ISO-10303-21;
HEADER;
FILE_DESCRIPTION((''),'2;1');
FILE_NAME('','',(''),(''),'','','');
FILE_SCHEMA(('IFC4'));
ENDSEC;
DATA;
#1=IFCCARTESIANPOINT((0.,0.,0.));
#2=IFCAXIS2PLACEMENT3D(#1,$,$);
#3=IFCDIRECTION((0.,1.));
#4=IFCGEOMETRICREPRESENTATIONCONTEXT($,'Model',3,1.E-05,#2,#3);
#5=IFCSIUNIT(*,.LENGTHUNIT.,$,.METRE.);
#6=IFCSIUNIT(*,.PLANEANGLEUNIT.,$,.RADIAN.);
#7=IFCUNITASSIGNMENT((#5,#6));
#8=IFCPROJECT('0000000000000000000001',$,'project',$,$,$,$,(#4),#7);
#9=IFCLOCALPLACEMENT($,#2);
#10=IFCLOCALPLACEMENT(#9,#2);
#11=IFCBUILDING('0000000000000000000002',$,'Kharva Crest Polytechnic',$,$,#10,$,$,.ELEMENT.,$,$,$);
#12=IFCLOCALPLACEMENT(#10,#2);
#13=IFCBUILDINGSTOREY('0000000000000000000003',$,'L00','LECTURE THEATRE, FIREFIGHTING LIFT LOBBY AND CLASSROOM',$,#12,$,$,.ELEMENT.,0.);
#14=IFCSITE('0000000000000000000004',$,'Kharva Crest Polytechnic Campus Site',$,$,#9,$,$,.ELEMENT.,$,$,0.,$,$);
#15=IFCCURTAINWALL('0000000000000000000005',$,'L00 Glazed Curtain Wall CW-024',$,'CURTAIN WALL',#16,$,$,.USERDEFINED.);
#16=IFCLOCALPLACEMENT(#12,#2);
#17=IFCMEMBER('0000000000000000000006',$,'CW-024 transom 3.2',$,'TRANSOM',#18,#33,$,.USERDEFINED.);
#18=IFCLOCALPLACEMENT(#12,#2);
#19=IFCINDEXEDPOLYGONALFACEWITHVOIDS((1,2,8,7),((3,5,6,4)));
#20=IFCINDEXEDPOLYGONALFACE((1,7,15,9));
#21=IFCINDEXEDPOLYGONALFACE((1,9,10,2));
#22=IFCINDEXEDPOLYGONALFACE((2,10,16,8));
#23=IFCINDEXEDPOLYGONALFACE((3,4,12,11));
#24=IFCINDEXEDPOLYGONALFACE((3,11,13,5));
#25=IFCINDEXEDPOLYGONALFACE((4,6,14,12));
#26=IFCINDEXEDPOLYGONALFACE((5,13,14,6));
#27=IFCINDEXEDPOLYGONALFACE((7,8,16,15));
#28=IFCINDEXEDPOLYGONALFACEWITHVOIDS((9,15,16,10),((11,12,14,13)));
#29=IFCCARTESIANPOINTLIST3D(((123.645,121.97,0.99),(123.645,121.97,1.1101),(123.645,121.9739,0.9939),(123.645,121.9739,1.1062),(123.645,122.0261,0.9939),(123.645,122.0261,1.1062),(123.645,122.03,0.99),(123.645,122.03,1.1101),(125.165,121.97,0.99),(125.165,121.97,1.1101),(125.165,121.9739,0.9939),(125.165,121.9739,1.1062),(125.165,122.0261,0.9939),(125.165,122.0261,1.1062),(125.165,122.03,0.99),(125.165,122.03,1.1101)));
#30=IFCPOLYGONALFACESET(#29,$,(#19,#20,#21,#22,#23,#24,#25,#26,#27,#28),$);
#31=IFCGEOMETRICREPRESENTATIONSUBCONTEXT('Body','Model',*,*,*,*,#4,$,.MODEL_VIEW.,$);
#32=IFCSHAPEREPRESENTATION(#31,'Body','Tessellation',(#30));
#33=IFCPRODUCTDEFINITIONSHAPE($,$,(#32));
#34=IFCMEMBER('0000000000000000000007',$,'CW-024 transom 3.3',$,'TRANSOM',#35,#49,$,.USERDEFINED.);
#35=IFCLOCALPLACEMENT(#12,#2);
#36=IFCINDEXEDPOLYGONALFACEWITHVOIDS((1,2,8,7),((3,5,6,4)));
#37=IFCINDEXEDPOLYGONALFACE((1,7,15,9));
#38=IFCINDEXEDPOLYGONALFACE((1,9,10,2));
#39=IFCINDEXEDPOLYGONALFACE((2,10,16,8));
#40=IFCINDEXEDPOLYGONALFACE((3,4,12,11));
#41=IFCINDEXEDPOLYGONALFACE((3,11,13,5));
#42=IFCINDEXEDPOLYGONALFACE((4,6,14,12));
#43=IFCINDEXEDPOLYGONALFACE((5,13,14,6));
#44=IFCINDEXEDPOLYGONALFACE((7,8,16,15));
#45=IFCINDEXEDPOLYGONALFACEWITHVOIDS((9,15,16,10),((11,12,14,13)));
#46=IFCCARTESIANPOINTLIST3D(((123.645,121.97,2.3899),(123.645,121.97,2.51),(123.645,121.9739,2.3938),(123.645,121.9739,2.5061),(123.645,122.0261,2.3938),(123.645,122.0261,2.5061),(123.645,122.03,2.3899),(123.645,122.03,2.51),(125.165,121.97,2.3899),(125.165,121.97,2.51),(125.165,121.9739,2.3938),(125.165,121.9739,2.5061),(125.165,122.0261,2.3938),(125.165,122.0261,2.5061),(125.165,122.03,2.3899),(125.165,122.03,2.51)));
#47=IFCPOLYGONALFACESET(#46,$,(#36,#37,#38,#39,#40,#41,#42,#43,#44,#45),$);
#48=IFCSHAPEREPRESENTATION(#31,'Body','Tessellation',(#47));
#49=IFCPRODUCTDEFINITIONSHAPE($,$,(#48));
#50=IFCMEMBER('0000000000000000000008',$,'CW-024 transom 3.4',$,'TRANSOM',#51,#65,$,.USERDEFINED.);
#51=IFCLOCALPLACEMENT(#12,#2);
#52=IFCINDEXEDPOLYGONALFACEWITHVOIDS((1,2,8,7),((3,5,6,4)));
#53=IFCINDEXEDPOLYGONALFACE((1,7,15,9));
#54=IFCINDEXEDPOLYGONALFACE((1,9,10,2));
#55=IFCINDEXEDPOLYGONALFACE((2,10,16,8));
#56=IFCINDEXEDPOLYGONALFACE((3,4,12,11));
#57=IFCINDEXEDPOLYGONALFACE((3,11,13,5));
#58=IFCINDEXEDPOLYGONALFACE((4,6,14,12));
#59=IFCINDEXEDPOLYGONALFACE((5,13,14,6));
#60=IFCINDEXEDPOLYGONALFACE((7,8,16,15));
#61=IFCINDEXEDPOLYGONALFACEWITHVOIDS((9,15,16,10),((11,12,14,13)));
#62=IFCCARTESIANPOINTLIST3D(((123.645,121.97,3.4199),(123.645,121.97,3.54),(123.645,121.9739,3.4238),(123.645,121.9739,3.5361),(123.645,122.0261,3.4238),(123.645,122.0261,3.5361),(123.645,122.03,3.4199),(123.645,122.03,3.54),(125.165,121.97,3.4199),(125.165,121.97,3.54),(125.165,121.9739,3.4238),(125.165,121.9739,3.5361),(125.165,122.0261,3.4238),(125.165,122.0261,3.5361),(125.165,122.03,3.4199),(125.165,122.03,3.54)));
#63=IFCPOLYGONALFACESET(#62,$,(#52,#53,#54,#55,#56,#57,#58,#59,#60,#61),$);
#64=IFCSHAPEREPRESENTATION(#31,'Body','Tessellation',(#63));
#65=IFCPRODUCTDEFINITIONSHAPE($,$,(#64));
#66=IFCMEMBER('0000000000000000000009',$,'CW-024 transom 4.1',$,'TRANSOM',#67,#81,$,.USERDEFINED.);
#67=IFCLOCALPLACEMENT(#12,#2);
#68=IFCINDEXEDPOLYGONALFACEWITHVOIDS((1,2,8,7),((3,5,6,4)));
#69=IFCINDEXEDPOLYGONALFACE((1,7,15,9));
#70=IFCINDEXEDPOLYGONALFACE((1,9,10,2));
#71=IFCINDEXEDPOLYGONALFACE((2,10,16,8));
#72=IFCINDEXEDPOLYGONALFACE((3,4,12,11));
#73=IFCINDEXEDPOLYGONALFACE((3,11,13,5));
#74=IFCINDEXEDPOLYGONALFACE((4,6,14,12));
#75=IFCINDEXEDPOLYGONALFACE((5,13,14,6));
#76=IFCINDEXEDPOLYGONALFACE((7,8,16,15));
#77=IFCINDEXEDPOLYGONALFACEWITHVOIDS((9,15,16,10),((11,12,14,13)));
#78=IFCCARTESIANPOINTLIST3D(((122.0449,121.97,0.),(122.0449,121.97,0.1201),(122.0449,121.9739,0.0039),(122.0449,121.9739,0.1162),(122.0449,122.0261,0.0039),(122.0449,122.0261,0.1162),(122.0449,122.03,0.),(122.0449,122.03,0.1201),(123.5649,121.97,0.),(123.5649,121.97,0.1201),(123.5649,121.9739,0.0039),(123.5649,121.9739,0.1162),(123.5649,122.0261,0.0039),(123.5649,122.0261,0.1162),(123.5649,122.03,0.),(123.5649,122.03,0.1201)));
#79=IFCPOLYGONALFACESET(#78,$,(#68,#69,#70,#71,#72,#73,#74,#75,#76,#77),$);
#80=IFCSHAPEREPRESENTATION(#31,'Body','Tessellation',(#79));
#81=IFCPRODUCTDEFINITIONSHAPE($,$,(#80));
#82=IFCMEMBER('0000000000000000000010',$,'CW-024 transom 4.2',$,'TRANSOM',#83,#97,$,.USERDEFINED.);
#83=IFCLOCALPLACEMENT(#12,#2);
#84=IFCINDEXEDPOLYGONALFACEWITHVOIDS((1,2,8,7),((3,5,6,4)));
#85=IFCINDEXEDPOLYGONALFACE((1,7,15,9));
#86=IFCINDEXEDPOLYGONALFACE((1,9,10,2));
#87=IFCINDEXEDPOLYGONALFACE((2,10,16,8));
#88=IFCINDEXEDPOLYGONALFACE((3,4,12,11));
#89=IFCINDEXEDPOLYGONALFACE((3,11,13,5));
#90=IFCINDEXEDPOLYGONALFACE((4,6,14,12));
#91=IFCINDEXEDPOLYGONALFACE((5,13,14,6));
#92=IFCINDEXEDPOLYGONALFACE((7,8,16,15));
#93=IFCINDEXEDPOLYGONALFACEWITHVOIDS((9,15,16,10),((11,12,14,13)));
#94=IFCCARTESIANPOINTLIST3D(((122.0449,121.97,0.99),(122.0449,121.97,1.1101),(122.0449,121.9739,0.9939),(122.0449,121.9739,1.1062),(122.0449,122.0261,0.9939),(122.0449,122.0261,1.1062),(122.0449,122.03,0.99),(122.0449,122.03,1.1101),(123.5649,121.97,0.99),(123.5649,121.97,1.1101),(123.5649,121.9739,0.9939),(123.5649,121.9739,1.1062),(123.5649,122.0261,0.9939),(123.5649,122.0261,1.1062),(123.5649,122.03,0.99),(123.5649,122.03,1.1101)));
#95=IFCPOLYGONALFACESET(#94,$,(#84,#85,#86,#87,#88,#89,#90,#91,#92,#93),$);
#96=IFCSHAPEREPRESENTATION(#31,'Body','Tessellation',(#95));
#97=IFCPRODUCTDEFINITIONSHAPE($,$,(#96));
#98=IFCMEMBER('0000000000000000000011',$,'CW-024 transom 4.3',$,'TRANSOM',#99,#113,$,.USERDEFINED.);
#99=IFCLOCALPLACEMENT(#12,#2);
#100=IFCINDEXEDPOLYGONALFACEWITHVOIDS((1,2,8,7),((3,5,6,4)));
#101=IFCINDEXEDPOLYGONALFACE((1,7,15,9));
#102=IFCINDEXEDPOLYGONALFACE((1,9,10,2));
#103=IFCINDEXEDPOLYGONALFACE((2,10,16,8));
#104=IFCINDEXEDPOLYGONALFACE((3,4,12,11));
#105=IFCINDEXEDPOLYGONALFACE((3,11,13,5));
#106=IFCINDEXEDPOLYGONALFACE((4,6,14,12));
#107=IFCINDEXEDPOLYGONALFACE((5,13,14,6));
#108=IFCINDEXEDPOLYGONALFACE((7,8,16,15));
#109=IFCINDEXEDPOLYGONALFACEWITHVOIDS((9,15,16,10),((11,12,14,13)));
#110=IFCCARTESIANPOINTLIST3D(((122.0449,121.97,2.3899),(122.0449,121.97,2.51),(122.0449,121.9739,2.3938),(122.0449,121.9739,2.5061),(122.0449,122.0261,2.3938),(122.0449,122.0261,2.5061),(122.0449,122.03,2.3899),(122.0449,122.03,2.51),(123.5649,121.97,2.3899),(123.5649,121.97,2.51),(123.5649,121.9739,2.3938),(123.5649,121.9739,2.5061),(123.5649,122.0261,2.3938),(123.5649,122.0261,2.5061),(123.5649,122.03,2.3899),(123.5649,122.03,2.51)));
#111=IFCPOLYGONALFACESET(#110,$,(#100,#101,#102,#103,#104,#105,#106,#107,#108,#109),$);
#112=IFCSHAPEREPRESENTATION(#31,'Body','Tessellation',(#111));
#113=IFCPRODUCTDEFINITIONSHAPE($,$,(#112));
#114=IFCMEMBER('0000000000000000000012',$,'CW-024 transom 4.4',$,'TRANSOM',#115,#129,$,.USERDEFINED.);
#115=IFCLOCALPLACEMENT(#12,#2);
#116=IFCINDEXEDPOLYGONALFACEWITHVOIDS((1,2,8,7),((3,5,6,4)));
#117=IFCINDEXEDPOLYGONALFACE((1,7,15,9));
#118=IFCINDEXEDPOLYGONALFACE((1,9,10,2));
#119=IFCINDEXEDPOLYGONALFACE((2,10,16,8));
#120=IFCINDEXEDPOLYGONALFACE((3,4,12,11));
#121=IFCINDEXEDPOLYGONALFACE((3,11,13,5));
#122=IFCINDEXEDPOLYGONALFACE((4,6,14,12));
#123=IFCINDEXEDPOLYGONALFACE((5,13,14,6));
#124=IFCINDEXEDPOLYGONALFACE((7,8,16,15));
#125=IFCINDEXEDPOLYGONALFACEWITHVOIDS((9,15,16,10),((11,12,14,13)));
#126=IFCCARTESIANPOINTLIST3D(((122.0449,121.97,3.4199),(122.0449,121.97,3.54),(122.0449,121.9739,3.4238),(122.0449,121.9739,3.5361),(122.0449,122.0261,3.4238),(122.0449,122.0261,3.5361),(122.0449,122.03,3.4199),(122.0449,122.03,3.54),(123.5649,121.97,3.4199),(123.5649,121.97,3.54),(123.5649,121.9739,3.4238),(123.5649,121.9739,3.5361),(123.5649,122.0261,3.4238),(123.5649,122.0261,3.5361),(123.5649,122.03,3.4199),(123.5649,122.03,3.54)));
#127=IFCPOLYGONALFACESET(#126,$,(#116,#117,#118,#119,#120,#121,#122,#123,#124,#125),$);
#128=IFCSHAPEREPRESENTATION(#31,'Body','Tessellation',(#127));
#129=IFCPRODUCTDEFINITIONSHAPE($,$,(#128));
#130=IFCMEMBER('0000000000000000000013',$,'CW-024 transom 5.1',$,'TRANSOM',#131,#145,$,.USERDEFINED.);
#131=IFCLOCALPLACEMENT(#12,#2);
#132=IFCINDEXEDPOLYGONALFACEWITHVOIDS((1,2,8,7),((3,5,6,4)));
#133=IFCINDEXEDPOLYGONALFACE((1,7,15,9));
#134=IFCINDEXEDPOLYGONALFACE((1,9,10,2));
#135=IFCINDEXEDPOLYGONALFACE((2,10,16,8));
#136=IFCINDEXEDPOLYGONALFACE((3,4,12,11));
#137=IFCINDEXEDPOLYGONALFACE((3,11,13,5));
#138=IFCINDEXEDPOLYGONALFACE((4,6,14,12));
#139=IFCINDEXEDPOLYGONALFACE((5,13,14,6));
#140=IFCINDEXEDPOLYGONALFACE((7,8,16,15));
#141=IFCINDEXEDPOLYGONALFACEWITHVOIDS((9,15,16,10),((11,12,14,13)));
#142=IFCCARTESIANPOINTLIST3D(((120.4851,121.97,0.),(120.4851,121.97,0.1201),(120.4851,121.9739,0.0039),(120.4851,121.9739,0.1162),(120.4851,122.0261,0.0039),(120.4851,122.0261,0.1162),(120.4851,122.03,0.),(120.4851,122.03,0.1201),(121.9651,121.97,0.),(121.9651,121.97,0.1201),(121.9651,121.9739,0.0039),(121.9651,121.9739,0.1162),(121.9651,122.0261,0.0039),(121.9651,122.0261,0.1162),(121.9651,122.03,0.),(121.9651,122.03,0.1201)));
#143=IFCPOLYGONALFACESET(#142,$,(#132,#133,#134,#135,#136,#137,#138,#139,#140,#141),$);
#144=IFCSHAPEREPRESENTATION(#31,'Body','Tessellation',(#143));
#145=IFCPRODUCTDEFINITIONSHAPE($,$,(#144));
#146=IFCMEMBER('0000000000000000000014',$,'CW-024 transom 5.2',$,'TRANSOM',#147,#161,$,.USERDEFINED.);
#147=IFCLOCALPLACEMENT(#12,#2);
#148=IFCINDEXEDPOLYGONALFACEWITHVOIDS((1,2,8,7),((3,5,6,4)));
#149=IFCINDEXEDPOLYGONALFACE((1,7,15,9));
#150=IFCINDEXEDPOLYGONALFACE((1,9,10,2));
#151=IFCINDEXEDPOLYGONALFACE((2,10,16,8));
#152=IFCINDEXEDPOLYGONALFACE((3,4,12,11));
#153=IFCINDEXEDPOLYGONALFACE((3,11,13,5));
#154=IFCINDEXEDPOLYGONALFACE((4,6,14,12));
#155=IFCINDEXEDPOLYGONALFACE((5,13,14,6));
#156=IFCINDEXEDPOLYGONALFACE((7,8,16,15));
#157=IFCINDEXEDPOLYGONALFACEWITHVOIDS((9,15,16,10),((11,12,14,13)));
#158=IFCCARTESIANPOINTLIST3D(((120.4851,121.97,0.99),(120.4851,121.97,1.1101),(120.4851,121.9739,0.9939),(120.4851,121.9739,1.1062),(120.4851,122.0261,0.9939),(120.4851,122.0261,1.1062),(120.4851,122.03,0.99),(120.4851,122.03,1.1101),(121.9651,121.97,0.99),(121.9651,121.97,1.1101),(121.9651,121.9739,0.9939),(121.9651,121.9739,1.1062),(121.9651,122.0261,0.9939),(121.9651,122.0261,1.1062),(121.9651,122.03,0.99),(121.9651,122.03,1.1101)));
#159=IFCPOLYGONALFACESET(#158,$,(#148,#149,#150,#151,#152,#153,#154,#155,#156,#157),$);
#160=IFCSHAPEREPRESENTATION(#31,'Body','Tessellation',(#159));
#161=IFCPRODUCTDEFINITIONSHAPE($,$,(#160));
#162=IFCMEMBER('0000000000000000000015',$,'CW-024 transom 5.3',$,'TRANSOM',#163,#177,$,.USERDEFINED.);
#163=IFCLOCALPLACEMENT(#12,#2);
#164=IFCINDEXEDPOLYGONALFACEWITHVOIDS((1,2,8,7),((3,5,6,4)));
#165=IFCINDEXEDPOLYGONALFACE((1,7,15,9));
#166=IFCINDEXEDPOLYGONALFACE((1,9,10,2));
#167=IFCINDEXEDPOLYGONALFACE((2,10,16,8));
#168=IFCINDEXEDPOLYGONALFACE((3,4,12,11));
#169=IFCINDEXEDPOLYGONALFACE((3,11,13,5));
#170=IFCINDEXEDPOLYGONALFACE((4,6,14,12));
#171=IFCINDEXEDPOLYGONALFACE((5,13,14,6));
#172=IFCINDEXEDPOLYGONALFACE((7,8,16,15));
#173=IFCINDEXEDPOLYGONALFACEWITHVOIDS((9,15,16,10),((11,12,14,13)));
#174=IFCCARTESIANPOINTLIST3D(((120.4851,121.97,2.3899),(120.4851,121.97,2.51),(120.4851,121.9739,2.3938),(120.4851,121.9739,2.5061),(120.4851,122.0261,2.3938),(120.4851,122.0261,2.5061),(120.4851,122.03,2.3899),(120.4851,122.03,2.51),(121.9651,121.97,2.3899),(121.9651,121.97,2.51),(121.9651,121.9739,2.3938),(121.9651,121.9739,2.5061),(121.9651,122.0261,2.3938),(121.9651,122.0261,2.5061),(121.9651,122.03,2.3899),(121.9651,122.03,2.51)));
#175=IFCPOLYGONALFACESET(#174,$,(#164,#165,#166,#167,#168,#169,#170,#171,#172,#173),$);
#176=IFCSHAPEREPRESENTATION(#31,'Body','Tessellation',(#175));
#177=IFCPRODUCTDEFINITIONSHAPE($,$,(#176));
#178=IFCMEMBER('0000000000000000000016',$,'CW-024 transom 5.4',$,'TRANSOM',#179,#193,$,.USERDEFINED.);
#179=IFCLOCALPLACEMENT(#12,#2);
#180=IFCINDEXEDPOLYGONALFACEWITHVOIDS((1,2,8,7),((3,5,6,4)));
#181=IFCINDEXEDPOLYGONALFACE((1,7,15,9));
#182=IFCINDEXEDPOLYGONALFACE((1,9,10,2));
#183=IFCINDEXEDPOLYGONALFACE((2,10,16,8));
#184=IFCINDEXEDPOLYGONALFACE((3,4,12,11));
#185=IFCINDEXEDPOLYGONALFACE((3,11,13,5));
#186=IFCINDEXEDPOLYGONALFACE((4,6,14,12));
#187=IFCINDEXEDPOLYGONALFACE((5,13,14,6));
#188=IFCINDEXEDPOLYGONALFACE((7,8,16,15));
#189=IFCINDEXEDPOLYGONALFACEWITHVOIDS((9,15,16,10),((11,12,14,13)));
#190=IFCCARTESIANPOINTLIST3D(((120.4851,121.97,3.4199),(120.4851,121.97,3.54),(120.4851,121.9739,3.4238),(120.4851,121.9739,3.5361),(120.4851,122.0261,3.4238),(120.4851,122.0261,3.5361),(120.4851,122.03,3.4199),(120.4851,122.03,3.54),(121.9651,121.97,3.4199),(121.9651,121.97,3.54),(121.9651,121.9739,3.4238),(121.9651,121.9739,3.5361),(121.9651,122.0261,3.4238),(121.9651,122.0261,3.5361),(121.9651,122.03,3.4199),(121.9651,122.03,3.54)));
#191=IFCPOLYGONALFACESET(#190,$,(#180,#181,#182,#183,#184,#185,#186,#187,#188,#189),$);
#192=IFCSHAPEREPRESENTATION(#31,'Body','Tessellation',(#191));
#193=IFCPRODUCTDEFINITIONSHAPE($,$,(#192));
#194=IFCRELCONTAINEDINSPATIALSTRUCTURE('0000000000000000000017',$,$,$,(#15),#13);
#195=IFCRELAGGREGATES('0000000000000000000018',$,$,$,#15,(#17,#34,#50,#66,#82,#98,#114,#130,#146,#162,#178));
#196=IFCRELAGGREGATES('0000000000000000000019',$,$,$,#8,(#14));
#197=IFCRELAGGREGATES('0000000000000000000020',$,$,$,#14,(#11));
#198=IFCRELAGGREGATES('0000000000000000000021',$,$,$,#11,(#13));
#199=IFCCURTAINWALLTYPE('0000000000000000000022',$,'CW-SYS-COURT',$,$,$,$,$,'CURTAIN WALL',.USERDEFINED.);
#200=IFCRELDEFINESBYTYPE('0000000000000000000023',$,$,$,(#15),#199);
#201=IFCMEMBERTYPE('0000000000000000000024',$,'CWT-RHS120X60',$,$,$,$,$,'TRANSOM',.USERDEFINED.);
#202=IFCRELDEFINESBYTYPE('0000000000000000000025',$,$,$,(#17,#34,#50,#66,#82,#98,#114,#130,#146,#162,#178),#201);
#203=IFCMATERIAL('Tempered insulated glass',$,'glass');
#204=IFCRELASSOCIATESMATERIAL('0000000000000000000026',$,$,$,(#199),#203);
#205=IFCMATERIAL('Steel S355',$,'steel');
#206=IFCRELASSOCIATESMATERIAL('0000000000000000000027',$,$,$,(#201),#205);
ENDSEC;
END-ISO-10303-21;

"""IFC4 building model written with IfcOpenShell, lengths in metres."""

from ifc_helpers import new_model, si_unit, direction, frame, origin, origin_2d, place, context, subcontext, project, spatial, hollow_rectangle, extrude, material, material_profile, profile_set, type_object, element, aggregate, save


model = new_model("IFC4")

# Units and contexts
model_context = context("Model", 3, precision=1e-05, world=origin(), true_north=direction((0.0, 1.0)))
body_context = subcontext(model_context, "Body", "Model", "MODEL_VIEW")
ifc_project = project(units=[si_unit("LENGTHUNIT", "METRE"), si_unit("PLANEANGLEUNIT", "RADIAN")], contexts=[model_context])

# Site, building, storey
site_placement = place(None, origin())
site = spatial("IfcSite", under=ifc_project, at=site_placement, Name="Kharva Crest Polytechnic Campus Site", CompositionType="ELEMENT", RefElevation=0.0)
building_placement = place(site_placement, origin())
building = spatial("IfcBuilding", under=site, at=building_placement, Name="Kharva Crest Polytechnic", CompositionType="ELEMENT")
storey_placement = place(building_placement, origin())
storey = spatial("IfcBuildingStorey", under=building, at=storey_placement, Name="L00", Description="LECTURE THEATRE, FIREFIGHTING LIFT LOBBY AND CLASSROOM", CompositionType="ELEMENT", Elevation=0.0)

# Curtain wall, members
ifc_material_1 = material(Name="Tempered insulated glass", Category="glass")
curtain_wall_type = type_object("IfcCurtainWallType", Name="CW-SYS-COURT", ElementType="CURTAIN WALL", PredefinedType="USERDEFINED", material=ifc_material_1)
curtain_wall_placement = place(storey_placement, origin())
curtain_wall = element("IfcCurtainWall", 1, at=curtain_wall_placement, inside=storey, type_object=curtain_wall_type, Name="L00 Glazed Curtain Wall CW-024", ObjectType="CURTAIN WALL", PredefinedType="USERDEFINED")
ifc_material_2 = material(Name="Steel S355", Category="steel")
ifc_material_profile_1 = material_profile(ifc_material_2, hollow_rectangle(XDim=0.0601, YDim=0.1201, WallThickness=0.0039, at=origin_2d()), Name="RHS 120X60X4.0")
ifc_profile_set_1 = profile_set([ifc_material_profile_1], Name="Steel S355")
member_type_1 = type_object("IfcMemberType", Name="CWT-RHS120X60", ElementType="TRANSOM", PredefinedType="USERDEFINED", material=ifc_profile_set_1)
member_1_placement = place(storey_placement, frame((125.165, 122.0, 1.05), z_axis=(-1.0, 0.0, 0.0), x_axis=(0.0, -1.0, 0.0)))
member_1 = element("IfcMember", 2, at=member_1_placement, type_object=member_type_1, Name="CW-024 transom 3.2", ObjectType="TRANSOM", PredefinedType="USERDEFINED", context=body_context, shape_type="SweptSolid", body=[
    extrude(hollow_rectangle(XDim=0.0601, YDim=0.1201, WallThickness=0.0039, at=origin_2d()), origin(), (0.0, 0.0, 1.0), 1.52),
])
member_2_placement = place(storey_placement, frame((125.165, 122.0, 2.45), z_axis=(-1.0, 0.0, 0.0), x_axis=(0.0, -1.0, 0.0)))
member_2 = element("IfcMember", 3, at=member_2_placement, type_object=member_type_1, Name="CW-024 transom 3.3", ObjectType="TRANSOM", PredefinedType="USERDEFINED", context=body_context, shape_type="SweptSolid", body=[
    extrude(hollow_rectangle(XDim=0.0601, YDim=0.1201, WallThickness=0.0039, at=origin_2d()), origin(), (0.0, 0.0, 1.0), 1.52),
])
member_3_placement = place(storey_placement, frame((125.165, 122.0, 3.48), z_axis=(-1.0, 0.0, 0.0), x_axis=(0.0, -1.0, 0.0)))
member_3 = element("IfcMember", 4, at=member_3_placement, type_object=member_type_1, Name="CW-024 transom 3.4", ObjectType="TRANSOM", PredefinedType="USERDEFINED", context=body_context, shape_type="SweptSolid", body=[
    extrude(hollow_rectangle(XDim=0.0601, YDim=0.1201, WallThickness=0.0039, at=origin_2d()), origin(), (0.0, 0.0, 1.0), 1.52),
])
member_4_placement = place(storey_placement, frame((123.5649, 122.0, 0.0601), z_axis=(-1.0, 0.0, 0.0), x_axis=(0.0, -1.0, 0.0)))
member_4 = element("IfcMember", 5, at=member_4_placement, type_object=member_type_1, Name="CW-024 transom 4.1", ObjectType="TRANSOM", PredefinedType="USERDEFINED", context=body_context, shape_type="SweptSolid", body=[
    extrude(hollow_rectangle(XDim=0.0601, YDim=0.1201, WallThickness=0.0039, at=origin_2d()), origin(), (0.0, 0.0, 1.0), 1.52),
])
member_5_placement = place(storey_placement, frame((123.5649, 122.0, 1.05), z_axis=(-1.0, 0.0, 0.0), x_axis=(0.0, -1.0, 0.0)))
member_5 = element("IfcMember", 6, at=member_5_placement, type_object=member_type_1, Name="CW-024 transom 4.2", ObjectType="TRANSOM", PredefinedType="USERDEFINED", context=body_context, shape_type="SweptSolid", body=[
    extrude(hollow_rectangle(XDim=0.0601, YDim=0.1201, WallThickness=0.0039, at=origin_2d()), origin(), (0.0, 0.0, 1.0), 1.52),
])
member_6_placement = place(storey_placement, frame((123.5649, 122.0, 2.45), z_axis=(-1.0, 0.0, 0.0), x_axis=(0.0, -1.0, 0.0)))
member_6 = element("IfcMember", 7, at=member_6_placement, type_object=member_type_1, Name="CW-024 transom 4.3", ObjectType="TRANSOM", PredefinedType="USERDEFINED", context=body_context, shape_type="SweptSolid", body=[
    extrude(hollow_rectangle(XDim=0.0601, YDim=0.1201, WallThickness=0.0039, at=origin_2d()), origin(), (0.0, 0.0, 1.0), 1.52),
])
member_7_placement = place(storey_placement, frame((123.5649, 122.0, 3.48), z_axis=(-1.0, 0.0, 0.0), x_axis=(0.0, -1.0, 0.0)))
member_7 = element("IfcMember", 8, at=member_7_placement, type_object=member_type_1, Name="CW-024 transom 4.4", ObjectType="TRANSOM", PredefinedType="USERDEFINED", context=body_context, shape_type="SweptSolid", body=[
    extrude(hollow_rectangle(XDim=0.0601, YDim=0.1201, WallThickness=0.0039, at=origin_2d()), origin(), (0.0, 0.0, 1.0), 1.52),
])
member_8_placement = place(storey_placement, frame((121.9651, 122.0, 0.0601), z_axis=(-1.0, 0.0, 0.0), x_axis=(0.0, -1.0, 0.0)))
member_8 = element("IfcMember", 9, at=member_8_placement, type_object=member_type_1, Name="CW-024 transom 5.1", ObjectType="TRANSOM", PredefinedType="USERDEFINED", context=body_context, shape_type="SweptSolid", body=[
    extrude(hollow_rectangle(XDim=0.0601, YDim=0.1201, WallThickness=0.0039, at=origin_2d()), origin(), (0.0, 0.0, 1.0), 1.48),
])
member_9_placement = place(storey_placement, frame((121.9651, 122.0, 1.05), z_axis=(-1.0, 0.0, 0.0), x_axis=(0.0, -1.0, 0.0)))
member_9 = element("IfcMember", 10, at=member_9_placement, type_object=member_type_1, Name="CW-024 transom 5.2", ObjectType="TRANSOM", PredefinedType="USERDEFINED", context=body_context, shape_type="SweptSolid", body=[
    extrude(hollow_rectangle(XDim=0.0601, YDim=0.1201, WallThickness=0.0039, at=origin_2d()), origin(), (0.0, 0.0, 1.0), 1.48),
])
member_10_placement = place(storey_placement, frame((121.9651, 122.0, 2.45), z_axis=(-1.0, 0.0, 0.0), x_axis=(0.0, -1.0, 0.0)))
member_10 = element("IfcMember", 11, at=member_10_placement, type_object=member_type_1, Name="CW-024 transom 5.3", ObjectType="TRANSOM", PredefinedType="USERDEFINED", context=body_context, shape_type="SweptSolid", body=[
    extrude(hollow_rectangle(XDim=0.0601, YDim=0.1201, WallThickness=0.0039, at=origin_2d()), origin(), (0.0, 0.0, 1.0), 1.48),
])
member_11_placement = place(storey_placement, frame((121.9651, 122.0, 3.48), z_axis=(-1.0, 0.0, 0.0), x_axis=(0.0, -1.0, 0.0)))
member_11 = element("IfcMember", 12, at=member_11_placement, type_object=member_type_1, Name="CW-024 transom 5.4", ObjectType="TRANSOM", PredefinedType="USERDEFINED", context=body_context, shape_type="SweptSolid", body=[
    extrude(hollow_rectangle(XDim=0.0601, YDim=0.1201, WallThickness=0.0039, at=origin_2d()), origin(), (0.0, 0.0, 1.0), 1.48),
])

aggregate(curtain_wall, [member_1, member_2, member_3, member_4, member_5, member_6, member_7, member_8, member_9, member_10, member_11])

save(model, "model.ifc")
